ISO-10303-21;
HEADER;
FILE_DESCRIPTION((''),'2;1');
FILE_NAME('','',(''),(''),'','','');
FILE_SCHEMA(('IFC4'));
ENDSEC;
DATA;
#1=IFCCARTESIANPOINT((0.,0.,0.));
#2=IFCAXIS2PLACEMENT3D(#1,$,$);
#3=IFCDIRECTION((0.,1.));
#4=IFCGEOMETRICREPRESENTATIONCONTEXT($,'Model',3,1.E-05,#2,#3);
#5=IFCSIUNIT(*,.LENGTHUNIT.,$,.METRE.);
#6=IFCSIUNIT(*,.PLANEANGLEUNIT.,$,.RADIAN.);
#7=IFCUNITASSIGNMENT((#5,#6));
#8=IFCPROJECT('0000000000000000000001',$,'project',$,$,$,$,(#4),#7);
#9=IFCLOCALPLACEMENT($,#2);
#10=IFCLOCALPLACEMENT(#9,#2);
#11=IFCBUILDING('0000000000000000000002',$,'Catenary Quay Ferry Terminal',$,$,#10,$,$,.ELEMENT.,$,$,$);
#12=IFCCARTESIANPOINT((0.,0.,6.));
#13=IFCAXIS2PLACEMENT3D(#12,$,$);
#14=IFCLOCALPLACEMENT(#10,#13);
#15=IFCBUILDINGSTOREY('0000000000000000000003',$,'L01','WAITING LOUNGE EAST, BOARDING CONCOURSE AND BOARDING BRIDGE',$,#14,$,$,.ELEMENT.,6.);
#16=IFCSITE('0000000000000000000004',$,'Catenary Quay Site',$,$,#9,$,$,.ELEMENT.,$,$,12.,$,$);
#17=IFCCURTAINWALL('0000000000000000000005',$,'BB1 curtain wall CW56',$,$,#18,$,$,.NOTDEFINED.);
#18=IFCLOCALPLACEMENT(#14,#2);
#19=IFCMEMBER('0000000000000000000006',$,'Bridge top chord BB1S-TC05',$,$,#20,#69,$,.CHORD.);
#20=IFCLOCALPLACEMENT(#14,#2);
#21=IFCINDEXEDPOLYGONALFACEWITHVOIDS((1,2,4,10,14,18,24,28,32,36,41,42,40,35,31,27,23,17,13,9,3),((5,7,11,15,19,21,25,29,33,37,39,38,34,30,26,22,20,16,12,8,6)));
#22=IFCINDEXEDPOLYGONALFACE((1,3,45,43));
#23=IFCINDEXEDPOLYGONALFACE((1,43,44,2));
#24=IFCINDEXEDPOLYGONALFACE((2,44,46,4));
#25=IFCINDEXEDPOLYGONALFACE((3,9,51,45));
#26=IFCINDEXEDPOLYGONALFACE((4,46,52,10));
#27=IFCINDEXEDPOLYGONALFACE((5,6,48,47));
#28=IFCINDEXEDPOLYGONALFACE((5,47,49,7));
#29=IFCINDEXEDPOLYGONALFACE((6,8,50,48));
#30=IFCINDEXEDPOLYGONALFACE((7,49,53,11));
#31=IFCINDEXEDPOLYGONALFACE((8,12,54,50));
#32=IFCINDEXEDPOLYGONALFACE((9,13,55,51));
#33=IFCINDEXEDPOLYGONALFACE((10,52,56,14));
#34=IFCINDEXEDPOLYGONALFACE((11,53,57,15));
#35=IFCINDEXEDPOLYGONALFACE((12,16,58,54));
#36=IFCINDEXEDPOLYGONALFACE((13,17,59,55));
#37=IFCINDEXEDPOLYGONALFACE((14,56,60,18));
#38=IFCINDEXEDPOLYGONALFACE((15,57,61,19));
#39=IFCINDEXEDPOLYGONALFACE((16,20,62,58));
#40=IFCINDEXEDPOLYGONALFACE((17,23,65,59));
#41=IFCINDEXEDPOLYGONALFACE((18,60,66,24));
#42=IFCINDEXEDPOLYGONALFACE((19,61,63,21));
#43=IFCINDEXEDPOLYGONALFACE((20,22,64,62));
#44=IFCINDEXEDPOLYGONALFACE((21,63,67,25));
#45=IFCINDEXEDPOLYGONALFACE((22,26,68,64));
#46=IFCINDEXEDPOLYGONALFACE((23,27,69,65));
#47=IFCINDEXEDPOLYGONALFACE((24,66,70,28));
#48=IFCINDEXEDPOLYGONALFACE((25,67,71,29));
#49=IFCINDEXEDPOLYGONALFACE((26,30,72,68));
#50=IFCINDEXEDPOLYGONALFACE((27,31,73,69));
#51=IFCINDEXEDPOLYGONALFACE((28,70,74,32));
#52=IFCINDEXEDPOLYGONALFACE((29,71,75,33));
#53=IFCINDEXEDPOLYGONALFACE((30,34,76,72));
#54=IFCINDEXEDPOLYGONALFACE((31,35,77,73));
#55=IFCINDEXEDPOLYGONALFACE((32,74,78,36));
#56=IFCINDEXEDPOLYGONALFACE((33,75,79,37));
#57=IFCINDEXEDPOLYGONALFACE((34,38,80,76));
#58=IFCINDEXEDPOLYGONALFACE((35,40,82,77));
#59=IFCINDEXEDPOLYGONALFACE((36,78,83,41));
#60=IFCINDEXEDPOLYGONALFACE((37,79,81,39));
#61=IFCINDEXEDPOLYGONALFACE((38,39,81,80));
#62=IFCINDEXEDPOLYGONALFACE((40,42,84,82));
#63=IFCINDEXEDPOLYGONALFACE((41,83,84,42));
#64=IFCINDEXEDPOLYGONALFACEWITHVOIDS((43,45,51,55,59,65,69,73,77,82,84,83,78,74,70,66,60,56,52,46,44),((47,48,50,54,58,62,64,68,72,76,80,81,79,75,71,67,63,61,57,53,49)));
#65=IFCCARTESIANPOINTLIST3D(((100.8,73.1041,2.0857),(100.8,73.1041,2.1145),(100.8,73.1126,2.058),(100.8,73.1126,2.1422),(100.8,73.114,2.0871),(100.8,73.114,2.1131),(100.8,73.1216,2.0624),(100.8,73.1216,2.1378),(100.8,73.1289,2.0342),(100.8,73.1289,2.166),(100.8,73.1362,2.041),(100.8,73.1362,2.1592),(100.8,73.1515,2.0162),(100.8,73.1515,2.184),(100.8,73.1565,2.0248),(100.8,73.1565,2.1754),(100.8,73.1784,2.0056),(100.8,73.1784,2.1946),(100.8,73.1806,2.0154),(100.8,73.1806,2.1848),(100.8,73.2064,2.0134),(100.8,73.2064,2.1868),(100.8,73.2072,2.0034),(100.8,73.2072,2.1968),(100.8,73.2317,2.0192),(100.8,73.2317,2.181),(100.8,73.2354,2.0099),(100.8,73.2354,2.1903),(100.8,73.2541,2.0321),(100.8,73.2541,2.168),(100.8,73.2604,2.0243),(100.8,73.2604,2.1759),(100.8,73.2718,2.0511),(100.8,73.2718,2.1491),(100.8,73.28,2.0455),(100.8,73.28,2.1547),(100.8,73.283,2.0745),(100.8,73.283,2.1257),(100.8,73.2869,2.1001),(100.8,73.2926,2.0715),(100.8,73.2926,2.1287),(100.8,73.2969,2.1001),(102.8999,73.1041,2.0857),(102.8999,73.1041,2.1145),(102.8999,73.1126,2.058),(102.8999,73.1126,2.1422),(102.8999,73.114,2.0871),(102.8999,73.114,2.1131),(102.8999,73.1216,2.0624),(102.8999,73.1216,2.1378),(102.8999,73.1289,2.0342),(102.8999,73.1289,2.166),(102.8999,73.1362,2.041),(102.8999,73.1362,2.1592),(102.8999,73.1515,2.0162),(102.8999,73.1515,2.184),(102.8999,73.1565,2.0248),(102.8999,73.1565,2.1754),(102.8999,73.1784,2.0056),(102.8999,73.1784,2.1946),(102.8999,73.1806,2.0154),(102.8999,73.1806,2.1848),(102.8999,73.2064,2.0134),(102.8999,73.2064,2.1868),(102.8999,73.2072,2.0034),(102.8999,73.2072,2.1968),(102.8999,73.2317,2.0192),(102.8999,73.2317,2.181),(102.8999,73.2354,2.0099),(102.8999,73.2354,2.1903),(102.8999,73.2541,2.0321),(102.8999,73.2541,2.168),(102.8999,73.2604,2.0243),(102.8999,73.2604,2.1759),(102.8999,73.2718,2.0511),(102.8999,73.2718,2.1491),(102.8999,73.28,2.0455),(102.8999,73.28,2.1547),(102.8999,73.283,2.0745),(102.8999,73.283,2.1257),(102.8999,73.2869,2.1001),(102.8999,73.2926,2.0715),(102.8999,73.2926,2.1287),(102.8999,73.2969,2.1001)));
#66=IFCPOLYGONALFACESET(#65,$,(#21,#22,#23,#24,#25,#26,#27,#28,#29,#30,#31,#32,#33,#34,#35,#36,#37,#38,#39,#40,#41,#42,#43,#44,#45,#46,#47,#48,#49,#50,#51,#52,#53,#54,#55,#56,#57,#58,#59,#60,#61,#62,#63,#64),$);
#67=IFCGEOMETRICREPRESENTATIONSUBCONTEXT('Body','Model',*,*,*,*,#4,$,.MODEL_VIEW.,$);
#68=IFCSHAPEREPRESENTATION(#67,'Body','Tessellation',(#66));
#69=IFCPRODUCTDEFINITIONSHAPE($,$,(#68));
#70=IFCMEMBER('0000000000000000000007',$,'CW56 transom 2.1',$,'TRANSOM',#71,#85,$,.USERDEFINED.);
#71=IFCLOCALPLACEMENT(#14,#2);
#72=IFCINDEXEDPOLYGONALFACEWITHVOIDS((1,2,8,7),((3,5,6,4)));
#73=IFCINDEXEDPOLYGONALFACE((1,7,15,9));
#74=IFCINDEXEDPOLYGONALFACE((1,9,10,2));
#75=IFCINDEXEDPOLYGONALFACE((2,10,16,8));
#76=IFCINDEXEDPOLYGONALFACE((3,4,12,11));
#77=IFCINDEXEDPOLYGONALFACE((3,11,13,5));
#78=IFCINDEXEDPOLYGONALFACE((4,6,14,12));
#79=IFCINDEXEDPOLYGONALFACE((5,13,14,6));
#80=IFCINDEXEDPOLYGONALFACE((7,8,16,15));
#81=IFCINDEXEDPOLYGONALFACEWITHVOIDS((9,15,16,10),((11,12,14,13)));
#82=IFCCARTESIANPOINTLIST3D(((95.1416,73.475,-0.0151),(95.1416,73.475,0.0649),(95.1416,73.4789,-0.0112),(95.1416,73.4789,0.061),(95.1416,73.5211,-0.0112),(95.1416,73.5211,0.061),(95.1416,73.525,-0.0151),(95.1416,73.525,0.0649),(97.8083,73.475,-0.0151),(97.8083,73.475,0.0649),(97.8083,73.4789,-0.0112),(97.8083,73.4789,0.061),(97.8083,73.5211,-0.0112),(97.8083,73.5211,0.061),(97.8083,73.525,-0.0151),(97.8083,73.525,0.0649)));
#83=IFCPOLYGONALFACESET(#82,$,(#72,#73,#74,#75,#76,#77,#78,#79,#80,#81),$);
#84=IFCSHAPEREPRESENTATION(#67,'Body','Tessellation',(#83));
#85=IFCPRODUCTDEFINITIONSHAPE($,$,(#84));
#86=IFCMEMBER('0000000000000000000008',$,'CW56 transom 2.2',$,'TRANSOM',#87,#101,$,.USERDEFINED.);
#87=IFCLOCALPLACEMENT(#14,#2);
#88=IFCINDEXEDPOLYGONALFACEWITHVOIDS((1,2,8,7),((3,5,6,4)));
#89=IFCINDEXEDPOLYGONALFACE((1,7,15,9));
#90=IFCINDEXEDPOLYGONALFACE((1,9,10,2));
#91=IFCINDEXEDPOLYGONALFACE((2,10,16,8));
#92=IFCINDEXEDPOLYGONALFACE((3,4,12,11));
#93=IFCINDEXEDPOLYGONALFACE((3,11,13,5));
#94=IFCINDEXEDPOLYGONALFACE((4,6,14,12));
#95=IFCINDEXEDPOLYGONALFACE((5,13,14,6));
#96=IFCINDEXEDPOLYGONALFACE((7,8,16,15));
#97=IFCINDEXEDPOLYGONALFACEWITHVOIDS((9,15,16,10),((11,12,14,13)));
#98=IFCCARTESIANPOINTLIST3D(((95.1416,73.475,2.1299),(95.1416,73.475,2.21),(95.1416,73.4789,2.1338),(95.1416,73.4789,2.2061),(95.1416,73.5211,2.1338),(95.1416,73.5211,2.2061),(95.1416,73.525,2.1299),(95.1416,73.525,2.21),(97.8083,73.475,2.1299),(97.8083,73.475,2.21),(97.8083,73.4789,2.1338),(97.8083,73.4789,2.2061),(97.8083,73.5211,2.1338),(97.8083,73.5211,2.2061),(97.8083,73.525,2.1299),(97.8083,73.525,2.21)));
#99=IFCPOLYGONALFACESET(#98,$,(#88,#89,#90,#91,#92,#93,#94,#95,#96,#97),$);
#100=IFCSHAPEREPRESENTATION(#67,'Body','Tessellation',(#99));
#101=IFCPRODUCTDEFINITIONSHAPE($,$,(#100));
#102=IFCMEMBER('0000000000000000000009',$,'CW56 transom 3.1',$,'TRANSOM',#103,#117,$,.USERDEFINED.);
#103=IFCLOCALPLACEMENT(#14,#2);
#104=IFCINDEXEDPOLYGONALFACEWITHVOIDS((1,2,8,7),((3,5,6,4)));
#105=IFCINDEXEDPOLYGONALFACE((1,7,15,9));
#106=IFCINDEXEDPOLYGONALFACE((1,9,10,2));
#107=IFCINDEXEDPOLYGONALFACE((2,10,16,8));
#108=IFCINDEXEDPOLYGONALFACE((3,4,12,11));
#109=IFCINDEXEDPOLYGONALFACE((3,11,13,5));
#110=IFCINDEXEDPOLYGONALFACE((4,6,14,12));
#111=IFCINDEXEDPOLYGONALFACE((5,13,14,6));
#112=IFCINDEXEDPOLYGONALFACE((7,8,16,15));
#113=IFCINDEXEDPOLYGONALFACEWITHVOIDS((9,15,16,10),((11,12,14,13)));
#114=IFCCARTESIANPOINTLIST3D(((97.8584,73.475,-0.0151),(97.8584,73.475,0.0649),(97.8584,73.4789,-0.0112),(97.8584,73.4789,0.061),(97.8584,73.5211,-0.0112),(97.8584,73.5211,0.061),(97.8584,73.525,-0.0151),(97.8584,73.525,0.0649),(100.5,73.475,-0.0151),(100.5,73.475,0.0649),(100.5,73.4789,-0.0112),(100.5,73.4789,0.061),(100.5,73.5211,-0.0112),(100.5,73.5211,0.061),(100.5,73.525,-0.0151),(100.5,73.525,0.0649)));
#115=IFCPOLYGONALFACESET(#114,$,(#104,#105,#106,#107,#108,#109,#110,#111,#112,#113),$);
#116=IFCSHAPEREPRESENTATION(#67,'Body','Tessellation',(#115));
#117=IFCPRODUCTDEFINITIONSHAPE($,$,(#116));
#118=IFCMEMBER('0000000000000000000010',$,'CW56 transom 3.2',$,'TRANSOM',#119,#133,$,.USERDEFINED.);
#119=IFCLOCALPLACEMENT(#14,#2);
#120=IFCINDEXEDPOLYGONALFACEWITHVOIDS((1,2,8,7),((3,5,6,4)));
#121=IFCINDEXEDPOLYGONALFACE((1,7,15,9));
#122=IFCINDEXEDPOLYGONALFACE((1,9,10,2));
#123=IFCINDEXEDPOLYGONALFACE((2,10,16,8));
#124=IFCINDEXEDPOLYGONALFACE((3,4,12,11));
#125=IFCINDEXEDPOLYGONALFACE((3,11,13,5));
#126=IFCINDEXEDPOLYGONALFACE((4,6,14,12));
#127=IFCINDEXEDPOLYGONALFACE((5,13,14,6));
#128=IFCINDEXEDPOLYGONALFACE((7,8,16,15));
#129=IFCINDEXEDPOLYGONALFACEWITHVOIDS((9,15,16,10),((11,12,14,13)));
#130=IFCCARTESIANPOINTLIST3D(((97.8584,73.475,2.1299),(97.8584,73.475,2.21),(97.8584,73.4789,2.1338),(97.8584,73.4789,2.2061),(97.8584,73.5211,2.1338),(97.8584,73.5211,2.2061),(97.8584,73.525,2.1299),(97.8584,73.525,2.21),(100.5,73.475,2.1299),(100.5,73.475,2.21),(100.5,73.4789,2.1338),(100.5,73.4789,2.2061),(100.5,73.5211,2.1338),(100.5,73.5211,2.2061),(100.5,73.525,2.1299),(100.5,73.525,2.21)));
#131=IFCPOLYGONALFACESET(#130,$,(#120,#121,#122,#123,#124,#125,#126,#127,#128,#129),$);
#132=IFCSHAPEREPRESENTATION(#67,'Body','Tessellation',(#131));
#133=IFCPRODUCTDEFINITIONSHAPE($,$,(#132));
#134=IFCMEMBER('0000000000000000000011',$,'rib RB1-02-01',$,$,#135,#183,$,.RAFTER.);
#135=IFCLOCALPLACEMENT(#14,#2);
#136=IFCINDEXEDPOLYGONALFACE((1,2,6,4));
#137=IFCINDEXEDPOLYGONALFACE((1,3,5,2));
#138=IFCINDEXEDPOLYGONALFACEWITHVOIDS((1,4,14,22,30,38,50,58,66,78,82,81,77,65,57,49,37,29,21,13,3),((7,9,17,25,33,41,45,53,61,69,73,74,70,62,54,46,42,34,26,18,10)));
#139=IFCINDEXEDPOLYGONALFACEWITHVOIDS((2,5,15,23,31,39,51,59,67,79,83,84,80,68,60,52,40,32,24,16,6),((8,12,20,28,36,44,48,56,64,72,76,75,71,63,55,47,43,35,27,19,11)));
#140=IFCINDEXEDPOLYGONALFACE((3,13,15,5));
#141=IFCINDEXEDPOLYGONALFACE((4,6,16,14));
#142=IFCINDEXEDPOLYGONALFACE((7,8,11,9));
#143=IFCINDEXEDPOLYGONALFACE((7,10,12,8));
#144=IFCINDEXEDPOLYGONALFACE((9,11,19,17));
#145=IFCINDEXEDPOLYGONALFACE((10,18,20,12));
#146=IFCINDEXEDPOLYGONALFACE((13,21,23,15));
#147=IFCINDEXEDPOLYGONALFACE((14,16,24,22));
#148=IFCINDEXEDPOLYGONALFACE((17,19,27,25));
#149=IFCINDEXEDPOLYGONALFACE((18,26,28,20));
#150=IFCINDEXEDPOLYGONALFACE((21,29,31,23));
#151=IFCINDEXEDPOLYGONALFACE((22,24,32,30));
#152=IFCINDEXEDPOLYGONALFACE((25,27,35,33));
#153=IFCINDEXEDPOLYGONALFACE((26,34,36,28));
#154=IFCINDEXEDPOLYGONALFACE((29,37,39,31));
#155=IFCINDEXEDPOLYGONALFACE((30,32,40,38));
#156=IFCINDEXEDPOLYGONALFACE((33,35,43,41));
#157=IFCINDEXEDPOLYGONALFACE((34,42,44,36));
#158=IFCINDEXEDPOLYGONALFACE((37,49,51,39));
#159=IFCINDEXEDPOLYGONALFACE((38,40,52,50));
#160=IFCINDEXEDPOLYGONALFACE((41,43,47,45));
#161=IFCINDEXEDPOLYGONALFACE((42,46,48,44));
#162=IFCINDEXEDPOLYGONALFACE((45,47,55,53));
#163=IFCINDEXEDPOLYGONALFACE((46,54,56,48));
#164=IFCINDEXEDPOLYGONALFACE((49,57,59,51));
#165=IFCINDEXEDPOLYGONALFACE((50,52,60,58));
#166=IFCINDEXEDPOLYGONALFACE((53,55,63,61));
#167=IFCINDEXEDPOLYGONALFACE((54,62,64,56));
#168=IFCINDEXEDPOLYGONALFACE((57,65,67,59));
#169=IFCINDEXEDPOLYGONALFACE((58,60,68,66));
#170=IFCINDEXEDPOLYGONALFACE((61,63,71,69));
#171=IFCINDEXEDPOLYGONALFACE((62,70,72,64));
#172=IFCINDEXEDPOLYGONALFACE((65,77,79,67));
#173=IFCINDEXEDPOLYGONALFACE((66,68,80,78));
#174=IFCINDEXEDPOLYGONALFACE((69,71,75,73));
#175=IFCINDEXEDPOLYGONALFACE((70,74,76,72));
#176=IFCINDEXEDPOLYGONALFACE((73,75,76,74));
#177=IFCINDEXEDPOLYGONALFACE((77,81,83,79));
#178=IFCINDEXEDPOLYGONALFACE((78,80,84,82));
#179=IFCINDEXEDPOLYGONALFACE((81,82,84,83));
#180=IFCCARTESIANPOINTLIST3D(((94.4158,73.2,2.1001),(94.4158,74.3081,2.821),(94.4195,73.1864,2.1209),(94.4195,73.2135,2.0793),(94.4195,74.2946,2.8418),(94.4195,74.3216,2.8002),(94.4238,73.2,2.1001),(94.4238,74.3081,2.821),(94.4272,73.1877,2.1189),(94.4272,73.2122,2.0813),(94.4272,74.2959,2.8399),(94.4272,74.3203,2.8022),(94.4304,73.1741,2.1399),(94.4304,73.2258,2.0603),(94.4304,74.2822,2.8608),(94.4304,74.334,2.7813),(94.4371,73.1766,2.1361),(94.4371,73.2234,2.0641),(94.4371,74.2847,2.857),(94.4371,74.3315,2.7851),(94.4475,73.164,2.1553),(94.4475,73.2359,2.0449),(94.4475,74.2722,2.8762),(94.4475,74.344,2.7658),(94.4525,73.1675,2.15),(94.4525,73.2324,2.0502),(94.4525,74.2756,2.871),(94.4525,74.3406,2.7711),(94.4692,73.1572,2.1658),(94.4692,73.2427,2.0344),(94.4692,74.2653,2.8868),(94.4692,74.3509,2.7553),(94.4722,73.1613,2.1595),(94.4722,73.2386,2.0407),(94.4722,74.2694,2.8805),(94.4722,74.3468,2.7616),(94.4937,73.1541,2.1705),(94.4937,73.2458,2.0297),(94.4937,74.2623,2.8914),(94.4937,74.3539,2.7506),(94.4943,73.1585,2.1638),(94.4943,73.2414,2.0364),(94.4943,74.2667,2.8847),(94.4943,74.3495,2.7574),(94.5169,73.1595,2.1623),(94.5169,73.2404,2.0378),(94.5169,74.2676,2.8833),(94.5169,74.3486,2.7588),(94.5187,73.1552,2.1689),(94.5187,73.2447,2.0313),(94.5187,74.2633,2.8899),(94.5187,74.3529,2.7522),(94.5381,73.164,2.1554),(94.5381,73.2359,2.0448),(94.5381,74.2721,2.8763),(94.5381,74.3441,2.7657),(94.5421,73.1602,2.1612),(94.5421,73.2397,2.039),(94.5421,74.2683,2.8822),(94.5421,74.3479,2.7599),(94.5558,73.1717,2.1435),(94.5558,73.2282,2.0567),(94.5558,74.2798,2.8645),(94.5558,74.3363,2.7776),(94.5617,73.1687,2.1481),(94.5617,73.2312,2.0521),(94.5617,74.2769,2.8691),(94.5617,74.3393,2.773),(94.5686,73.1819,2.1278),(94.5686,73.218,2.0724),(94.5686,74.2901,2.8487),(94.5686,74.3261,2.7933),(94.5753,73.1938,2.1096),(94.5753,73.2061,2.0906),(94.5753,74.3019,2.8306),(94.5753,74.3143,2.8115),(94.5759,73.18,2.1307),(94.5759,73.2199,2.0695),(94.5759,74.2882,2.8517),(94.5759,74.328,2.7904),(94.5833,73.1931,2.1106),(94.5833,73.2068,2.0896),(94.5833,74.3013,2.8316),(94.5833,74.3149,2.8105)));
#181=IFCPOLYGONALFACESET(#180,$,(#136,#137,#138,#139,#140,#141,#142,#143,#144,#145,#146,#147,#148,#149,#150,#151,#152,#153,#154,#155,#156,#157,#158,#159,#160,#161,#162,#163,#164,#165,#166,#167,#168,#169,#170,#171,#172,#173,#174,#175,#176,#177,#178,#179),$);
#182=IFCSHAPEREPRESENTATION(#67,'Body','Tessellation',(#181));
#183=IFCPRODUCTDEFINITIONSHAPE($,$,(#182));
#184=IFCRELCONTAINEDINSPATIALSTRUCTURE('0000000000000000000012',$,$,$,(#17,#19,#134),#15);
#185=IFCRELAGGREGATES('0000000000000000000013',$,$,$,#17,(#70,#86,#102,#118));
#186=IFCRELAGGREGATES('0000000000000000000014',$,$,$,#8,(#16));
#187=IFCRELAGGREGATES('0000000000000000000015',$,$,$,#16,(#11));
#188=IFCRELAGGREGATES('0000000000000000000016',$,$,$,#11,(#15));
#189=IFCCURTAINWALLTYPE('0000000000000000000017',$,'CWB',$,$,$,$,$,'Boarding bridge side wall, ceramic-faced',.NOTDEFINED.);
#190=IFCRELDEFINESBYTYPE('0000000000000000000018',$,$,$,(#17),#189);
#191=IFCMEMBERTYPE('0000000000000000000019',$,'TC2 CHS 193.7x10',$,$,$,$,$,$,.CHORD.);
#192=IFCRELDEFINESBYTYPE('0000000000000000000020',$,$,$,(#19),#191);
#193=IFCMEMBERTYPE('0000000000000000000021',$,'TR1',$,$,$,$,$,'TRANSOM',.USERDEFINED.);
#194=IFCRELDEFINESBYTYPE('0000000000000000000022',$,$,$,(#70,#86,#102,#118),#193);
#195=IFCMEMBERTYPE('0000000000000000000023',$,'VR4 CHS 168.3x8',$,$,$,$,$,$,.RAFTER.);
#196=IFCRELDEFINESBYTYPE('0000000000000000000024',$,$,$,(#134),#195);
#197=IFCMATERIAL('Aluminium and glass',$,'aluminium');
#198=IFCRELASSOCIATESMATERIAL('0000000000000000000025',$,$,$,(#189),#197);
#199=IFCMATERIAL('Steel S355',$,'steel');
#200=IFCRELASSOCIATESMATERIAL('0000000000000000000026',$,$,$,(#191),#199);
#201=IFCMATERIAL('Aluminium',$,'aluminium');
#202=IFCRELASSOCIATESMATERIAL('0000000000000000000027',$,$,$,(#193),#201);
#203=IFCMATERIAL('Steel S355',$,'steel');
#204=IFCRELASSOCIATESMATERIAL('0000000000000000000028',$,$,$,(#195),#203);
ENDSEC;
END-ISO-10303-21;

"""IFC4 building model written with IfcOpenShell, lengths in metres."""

from ifc_helpers import new_model, si_unit, direction, frame, origin, origin_2d, place, context, subcontext, project, spatial, hollow_rectangle, hollow_circle, extrude, material, material_profile, profile_set, type_object, element, aggregate, save


model = new_model("IFC4")

# Units and contexts
model_context = context("Model", 3, precision=1e-05, world=origin(), true_north=direction((0.0, 1.0)))
body_context = subcontext(model_context, "Body", "Model", "MODEL_VIEW")
ifc_project = project(units=[si_unit("LENGTHUNIT", "METRE"), si_unit("PLANEANGLEUNIT", "RADIAN")], contexts=[model_context])

# Site, building, storey
site_placement = place(None, origin())
site = spatial("IfcSite", under=ifc_project, at=site_placement, Name="Catenary Quay Site", CompositionType="ELEMENT", RefElevation=12.0)
building_placement = place(site_placement, origin())
building = spatial("IfcBuilding", under=site, at=building_placement, Name="Catenary Quay Ferry Terminal", CompositionType="ELEMENT")
storey_placement = place(building_placement, frame((0.0, 0.0, 6.0)))
storey = spatial("IfcBuildingStorey", under=building, at=storey_placement, Name="L01", Description="WAITING LOUNGE EAST, BOARDING CONCOURSE AND BOARDING BRIDGE", CompositionType="ELEMENT", Elevation=6.0)

# Curtain wall
ifc_material_1 = material(Name="Aluminium and glass", Category="aluminium")
curtain_wall_type = type_object("IfcCurtainWallType", Name="CWB", ElementType="Boarding bridge side wall, ceramic-faced", PredefinedType="NOTDEFINED", material=ifc_material_1)
curtain_wall_placement = place(storey_placement, origin())
curtain_wall = element("IfcCurtainWall", 1, at=curtain_wall_placement, inside=storey, type_object=curtain_wall_type, Name="BB1 curtain wall CW56", PredefinedType="NOTDEFINED")

# Member
ifc_material_2 = material(Name="Steel S355", Category="steel")
ifc_material_profile_1 = material_profile(ifc_material_2, hollow_circle(Radius=0.0969, WallThickness=0.01, at=origin_2d()), Name="CHS 193.7x10")
ifc_profile_set_1 = profile_set([ifc_material_profile_1], Name="Steel S355")
member_type_1 = type_object("IfcMemberType", Name="TC2 CHS 193.7x10", PredefinedType="CHORD", material=ifc_profile_set_1)
member_1_placement = place(storey_placement, frame((100.8, 73.2, 2.1001), z_axis=(1.0, 0.0, 0.0), x_axis=(0.0, 1.0, 0.0)))
element("IfcMember", 2, at=member_1_placement, inside=storey, type_object=member_type_1, Name="Bridge top chord BB1S-TC05", PredefinedType="CHORD", context=body_context, shape_type="SweptSolid", body=[
    extrude(hollow_circle(Radius=0.0969, WallThickness=0.01, at=origin_2d()), origin(), (0.0, 0.0, 1.0), 2.0999),
])

# Members
ifc_material_3 = material(Name="Aluminium", Category="aluminium")
ifc_material_profile_2 = material_profile(ifc_material_3, hollow_rectangle(XDim=0.05, YDim=0.0801, WallThickness=0.0039, at=origin_2d()), Name="TR1")
ifc_profile_set_2 = profile_set([ifc_material_profile_2], Name="Aluminium")
member_type_2 = type_object("IfcMemberType", Name="TR1", ElementType="TRANSOM", PredefinedType="USERDEFINED", material=ifc_profile_set_2)
member_2_placement = place(storey_placement, frame((95.1416, 73.5, 0.0249), z_axis=(1.0, 0.0, 0.0), x_axis=(0.0, 1.0, 0.0)))
member_2 = element("IfcMember", 3, at=member_2_placement, type_object=member_type_2, Name="CW56 transom 2.1", ObjectType="TRANSOM", PredefinedType="USERDEFINED", context=body_context, shape_type="SweptSolid", body=[
    extrude(hollow_rectangle(XDim=0.05, YDim=0.0801, WallThickness=0.0039, at=origin_2d()), origin(), (0.0, 0.0, 1.0), 2.6667),
])
member_3_placement = place(storey_placement, frame((95.1416, 73.5, 2.1699), z_axis=(1.0, 0.0, 0.0), x_axis=(0.0, 1.0, 0.0)))
member_3 = element("IfcMember", 4, at=member_3_placement, type_object=member_type_2, Name="CW56 transom 2.2", ObjectType="TRANSOM", PredefinedType="USERDEFINED", context=body_context, shape_type="SweptSolid", body=[
    extrude(hollow_rectangle(XDim=0.05, YDim=0.0801, WallThickness=0.0039, at=origin_2d()), origin(), (0.0, 0.0, 1.0), 2.6667),
])
member_4_placement = place(storey_placement, frame((97.8584, 73.5, 0.0249), z_axis=(1.0, 0.0, 0.0), x_axis=(0.0, 1.0, 0.0)))
member_4 = element("IfcMember", 5, at=member_4_placement, type_object=member_type_2, Name="CW56 transom 3.1", ObjectType="TRANSOM", PredefinedType="USERDEFINED", context=body_context, shape_type="SweptSolid", body=[
    extrude(hollow_rectangle(XDim=0.05, YDim=0.0801, WallThickness=0.0039, at=origin_2d()), origin(), (0.0, 0.0, 1.0), 2.6416),
])
member_5_placement = place(storey_placement, frame((97.8584, 73.5, 2.1699), z_axis=(1.0, 0.0, 0.0), x_axis=(0.0, 1.0, 0.0)))
member_5 = element("IfcMember", 6, at=member_5_placement, type_object=member_type_2, Name="CW56 transom 3.2", ObjectType="TRANSOM", PredefinedType="USERDEFINED", context=body_context, shape_type="SweptSolid", body=[
    extrude(hollow_rectangle(XDim=0.05, YDim=0.0801, WallThickness=0.0039, at=origin_2d()), origin(), (0.0, 0.0, 1.0), 2.6416),
])

# Member
ifc_material_4 = material(Name="Steel S355", Category="steel")
ifc_material_profile_3 = material_profile(ifc_material_4, hollow_circle(Radius=0.0842, WallThickness=0.0081, at=origin_2d()), Name="CHS 168.3x8")
ifc_profile_set_3 = profile_set([ifc_material_profile_3], Name="Steel S355")
member_type_3 = type_object("IfcMemberType", Name="VR4 CHS 168.3x8", PredefinedType="RAFTER", material=ifc_profile_set_3)
for number, where, z_axis, x_axis, name in (
    (7, (94.5, 73.2, 2.1001), (0.0, 0.83822, 0.545332), (-1.0, 0.0, 0.0), "rib RB1-02-01"),
):
    element("IfcMember", number, at=place(storey_placement, frame(where, z_axis=z_axis, x_axis=x_axis)), inside=storey, type_object=member_type_3, Name=name, PredefinedType="RAFTER", context=body_context, shape_type="SweptSolid", body=[
        extrude(hollow_circle(Radius=0.0842, WallThickness=0.0081, at=origin_2d()), origin(), (0.0, 0.0, 1.0), 1.322),
    ])

aggregate(curtain_wall, [member_2, member_3, member_4, member_5])

save(model, "model.ifc")
